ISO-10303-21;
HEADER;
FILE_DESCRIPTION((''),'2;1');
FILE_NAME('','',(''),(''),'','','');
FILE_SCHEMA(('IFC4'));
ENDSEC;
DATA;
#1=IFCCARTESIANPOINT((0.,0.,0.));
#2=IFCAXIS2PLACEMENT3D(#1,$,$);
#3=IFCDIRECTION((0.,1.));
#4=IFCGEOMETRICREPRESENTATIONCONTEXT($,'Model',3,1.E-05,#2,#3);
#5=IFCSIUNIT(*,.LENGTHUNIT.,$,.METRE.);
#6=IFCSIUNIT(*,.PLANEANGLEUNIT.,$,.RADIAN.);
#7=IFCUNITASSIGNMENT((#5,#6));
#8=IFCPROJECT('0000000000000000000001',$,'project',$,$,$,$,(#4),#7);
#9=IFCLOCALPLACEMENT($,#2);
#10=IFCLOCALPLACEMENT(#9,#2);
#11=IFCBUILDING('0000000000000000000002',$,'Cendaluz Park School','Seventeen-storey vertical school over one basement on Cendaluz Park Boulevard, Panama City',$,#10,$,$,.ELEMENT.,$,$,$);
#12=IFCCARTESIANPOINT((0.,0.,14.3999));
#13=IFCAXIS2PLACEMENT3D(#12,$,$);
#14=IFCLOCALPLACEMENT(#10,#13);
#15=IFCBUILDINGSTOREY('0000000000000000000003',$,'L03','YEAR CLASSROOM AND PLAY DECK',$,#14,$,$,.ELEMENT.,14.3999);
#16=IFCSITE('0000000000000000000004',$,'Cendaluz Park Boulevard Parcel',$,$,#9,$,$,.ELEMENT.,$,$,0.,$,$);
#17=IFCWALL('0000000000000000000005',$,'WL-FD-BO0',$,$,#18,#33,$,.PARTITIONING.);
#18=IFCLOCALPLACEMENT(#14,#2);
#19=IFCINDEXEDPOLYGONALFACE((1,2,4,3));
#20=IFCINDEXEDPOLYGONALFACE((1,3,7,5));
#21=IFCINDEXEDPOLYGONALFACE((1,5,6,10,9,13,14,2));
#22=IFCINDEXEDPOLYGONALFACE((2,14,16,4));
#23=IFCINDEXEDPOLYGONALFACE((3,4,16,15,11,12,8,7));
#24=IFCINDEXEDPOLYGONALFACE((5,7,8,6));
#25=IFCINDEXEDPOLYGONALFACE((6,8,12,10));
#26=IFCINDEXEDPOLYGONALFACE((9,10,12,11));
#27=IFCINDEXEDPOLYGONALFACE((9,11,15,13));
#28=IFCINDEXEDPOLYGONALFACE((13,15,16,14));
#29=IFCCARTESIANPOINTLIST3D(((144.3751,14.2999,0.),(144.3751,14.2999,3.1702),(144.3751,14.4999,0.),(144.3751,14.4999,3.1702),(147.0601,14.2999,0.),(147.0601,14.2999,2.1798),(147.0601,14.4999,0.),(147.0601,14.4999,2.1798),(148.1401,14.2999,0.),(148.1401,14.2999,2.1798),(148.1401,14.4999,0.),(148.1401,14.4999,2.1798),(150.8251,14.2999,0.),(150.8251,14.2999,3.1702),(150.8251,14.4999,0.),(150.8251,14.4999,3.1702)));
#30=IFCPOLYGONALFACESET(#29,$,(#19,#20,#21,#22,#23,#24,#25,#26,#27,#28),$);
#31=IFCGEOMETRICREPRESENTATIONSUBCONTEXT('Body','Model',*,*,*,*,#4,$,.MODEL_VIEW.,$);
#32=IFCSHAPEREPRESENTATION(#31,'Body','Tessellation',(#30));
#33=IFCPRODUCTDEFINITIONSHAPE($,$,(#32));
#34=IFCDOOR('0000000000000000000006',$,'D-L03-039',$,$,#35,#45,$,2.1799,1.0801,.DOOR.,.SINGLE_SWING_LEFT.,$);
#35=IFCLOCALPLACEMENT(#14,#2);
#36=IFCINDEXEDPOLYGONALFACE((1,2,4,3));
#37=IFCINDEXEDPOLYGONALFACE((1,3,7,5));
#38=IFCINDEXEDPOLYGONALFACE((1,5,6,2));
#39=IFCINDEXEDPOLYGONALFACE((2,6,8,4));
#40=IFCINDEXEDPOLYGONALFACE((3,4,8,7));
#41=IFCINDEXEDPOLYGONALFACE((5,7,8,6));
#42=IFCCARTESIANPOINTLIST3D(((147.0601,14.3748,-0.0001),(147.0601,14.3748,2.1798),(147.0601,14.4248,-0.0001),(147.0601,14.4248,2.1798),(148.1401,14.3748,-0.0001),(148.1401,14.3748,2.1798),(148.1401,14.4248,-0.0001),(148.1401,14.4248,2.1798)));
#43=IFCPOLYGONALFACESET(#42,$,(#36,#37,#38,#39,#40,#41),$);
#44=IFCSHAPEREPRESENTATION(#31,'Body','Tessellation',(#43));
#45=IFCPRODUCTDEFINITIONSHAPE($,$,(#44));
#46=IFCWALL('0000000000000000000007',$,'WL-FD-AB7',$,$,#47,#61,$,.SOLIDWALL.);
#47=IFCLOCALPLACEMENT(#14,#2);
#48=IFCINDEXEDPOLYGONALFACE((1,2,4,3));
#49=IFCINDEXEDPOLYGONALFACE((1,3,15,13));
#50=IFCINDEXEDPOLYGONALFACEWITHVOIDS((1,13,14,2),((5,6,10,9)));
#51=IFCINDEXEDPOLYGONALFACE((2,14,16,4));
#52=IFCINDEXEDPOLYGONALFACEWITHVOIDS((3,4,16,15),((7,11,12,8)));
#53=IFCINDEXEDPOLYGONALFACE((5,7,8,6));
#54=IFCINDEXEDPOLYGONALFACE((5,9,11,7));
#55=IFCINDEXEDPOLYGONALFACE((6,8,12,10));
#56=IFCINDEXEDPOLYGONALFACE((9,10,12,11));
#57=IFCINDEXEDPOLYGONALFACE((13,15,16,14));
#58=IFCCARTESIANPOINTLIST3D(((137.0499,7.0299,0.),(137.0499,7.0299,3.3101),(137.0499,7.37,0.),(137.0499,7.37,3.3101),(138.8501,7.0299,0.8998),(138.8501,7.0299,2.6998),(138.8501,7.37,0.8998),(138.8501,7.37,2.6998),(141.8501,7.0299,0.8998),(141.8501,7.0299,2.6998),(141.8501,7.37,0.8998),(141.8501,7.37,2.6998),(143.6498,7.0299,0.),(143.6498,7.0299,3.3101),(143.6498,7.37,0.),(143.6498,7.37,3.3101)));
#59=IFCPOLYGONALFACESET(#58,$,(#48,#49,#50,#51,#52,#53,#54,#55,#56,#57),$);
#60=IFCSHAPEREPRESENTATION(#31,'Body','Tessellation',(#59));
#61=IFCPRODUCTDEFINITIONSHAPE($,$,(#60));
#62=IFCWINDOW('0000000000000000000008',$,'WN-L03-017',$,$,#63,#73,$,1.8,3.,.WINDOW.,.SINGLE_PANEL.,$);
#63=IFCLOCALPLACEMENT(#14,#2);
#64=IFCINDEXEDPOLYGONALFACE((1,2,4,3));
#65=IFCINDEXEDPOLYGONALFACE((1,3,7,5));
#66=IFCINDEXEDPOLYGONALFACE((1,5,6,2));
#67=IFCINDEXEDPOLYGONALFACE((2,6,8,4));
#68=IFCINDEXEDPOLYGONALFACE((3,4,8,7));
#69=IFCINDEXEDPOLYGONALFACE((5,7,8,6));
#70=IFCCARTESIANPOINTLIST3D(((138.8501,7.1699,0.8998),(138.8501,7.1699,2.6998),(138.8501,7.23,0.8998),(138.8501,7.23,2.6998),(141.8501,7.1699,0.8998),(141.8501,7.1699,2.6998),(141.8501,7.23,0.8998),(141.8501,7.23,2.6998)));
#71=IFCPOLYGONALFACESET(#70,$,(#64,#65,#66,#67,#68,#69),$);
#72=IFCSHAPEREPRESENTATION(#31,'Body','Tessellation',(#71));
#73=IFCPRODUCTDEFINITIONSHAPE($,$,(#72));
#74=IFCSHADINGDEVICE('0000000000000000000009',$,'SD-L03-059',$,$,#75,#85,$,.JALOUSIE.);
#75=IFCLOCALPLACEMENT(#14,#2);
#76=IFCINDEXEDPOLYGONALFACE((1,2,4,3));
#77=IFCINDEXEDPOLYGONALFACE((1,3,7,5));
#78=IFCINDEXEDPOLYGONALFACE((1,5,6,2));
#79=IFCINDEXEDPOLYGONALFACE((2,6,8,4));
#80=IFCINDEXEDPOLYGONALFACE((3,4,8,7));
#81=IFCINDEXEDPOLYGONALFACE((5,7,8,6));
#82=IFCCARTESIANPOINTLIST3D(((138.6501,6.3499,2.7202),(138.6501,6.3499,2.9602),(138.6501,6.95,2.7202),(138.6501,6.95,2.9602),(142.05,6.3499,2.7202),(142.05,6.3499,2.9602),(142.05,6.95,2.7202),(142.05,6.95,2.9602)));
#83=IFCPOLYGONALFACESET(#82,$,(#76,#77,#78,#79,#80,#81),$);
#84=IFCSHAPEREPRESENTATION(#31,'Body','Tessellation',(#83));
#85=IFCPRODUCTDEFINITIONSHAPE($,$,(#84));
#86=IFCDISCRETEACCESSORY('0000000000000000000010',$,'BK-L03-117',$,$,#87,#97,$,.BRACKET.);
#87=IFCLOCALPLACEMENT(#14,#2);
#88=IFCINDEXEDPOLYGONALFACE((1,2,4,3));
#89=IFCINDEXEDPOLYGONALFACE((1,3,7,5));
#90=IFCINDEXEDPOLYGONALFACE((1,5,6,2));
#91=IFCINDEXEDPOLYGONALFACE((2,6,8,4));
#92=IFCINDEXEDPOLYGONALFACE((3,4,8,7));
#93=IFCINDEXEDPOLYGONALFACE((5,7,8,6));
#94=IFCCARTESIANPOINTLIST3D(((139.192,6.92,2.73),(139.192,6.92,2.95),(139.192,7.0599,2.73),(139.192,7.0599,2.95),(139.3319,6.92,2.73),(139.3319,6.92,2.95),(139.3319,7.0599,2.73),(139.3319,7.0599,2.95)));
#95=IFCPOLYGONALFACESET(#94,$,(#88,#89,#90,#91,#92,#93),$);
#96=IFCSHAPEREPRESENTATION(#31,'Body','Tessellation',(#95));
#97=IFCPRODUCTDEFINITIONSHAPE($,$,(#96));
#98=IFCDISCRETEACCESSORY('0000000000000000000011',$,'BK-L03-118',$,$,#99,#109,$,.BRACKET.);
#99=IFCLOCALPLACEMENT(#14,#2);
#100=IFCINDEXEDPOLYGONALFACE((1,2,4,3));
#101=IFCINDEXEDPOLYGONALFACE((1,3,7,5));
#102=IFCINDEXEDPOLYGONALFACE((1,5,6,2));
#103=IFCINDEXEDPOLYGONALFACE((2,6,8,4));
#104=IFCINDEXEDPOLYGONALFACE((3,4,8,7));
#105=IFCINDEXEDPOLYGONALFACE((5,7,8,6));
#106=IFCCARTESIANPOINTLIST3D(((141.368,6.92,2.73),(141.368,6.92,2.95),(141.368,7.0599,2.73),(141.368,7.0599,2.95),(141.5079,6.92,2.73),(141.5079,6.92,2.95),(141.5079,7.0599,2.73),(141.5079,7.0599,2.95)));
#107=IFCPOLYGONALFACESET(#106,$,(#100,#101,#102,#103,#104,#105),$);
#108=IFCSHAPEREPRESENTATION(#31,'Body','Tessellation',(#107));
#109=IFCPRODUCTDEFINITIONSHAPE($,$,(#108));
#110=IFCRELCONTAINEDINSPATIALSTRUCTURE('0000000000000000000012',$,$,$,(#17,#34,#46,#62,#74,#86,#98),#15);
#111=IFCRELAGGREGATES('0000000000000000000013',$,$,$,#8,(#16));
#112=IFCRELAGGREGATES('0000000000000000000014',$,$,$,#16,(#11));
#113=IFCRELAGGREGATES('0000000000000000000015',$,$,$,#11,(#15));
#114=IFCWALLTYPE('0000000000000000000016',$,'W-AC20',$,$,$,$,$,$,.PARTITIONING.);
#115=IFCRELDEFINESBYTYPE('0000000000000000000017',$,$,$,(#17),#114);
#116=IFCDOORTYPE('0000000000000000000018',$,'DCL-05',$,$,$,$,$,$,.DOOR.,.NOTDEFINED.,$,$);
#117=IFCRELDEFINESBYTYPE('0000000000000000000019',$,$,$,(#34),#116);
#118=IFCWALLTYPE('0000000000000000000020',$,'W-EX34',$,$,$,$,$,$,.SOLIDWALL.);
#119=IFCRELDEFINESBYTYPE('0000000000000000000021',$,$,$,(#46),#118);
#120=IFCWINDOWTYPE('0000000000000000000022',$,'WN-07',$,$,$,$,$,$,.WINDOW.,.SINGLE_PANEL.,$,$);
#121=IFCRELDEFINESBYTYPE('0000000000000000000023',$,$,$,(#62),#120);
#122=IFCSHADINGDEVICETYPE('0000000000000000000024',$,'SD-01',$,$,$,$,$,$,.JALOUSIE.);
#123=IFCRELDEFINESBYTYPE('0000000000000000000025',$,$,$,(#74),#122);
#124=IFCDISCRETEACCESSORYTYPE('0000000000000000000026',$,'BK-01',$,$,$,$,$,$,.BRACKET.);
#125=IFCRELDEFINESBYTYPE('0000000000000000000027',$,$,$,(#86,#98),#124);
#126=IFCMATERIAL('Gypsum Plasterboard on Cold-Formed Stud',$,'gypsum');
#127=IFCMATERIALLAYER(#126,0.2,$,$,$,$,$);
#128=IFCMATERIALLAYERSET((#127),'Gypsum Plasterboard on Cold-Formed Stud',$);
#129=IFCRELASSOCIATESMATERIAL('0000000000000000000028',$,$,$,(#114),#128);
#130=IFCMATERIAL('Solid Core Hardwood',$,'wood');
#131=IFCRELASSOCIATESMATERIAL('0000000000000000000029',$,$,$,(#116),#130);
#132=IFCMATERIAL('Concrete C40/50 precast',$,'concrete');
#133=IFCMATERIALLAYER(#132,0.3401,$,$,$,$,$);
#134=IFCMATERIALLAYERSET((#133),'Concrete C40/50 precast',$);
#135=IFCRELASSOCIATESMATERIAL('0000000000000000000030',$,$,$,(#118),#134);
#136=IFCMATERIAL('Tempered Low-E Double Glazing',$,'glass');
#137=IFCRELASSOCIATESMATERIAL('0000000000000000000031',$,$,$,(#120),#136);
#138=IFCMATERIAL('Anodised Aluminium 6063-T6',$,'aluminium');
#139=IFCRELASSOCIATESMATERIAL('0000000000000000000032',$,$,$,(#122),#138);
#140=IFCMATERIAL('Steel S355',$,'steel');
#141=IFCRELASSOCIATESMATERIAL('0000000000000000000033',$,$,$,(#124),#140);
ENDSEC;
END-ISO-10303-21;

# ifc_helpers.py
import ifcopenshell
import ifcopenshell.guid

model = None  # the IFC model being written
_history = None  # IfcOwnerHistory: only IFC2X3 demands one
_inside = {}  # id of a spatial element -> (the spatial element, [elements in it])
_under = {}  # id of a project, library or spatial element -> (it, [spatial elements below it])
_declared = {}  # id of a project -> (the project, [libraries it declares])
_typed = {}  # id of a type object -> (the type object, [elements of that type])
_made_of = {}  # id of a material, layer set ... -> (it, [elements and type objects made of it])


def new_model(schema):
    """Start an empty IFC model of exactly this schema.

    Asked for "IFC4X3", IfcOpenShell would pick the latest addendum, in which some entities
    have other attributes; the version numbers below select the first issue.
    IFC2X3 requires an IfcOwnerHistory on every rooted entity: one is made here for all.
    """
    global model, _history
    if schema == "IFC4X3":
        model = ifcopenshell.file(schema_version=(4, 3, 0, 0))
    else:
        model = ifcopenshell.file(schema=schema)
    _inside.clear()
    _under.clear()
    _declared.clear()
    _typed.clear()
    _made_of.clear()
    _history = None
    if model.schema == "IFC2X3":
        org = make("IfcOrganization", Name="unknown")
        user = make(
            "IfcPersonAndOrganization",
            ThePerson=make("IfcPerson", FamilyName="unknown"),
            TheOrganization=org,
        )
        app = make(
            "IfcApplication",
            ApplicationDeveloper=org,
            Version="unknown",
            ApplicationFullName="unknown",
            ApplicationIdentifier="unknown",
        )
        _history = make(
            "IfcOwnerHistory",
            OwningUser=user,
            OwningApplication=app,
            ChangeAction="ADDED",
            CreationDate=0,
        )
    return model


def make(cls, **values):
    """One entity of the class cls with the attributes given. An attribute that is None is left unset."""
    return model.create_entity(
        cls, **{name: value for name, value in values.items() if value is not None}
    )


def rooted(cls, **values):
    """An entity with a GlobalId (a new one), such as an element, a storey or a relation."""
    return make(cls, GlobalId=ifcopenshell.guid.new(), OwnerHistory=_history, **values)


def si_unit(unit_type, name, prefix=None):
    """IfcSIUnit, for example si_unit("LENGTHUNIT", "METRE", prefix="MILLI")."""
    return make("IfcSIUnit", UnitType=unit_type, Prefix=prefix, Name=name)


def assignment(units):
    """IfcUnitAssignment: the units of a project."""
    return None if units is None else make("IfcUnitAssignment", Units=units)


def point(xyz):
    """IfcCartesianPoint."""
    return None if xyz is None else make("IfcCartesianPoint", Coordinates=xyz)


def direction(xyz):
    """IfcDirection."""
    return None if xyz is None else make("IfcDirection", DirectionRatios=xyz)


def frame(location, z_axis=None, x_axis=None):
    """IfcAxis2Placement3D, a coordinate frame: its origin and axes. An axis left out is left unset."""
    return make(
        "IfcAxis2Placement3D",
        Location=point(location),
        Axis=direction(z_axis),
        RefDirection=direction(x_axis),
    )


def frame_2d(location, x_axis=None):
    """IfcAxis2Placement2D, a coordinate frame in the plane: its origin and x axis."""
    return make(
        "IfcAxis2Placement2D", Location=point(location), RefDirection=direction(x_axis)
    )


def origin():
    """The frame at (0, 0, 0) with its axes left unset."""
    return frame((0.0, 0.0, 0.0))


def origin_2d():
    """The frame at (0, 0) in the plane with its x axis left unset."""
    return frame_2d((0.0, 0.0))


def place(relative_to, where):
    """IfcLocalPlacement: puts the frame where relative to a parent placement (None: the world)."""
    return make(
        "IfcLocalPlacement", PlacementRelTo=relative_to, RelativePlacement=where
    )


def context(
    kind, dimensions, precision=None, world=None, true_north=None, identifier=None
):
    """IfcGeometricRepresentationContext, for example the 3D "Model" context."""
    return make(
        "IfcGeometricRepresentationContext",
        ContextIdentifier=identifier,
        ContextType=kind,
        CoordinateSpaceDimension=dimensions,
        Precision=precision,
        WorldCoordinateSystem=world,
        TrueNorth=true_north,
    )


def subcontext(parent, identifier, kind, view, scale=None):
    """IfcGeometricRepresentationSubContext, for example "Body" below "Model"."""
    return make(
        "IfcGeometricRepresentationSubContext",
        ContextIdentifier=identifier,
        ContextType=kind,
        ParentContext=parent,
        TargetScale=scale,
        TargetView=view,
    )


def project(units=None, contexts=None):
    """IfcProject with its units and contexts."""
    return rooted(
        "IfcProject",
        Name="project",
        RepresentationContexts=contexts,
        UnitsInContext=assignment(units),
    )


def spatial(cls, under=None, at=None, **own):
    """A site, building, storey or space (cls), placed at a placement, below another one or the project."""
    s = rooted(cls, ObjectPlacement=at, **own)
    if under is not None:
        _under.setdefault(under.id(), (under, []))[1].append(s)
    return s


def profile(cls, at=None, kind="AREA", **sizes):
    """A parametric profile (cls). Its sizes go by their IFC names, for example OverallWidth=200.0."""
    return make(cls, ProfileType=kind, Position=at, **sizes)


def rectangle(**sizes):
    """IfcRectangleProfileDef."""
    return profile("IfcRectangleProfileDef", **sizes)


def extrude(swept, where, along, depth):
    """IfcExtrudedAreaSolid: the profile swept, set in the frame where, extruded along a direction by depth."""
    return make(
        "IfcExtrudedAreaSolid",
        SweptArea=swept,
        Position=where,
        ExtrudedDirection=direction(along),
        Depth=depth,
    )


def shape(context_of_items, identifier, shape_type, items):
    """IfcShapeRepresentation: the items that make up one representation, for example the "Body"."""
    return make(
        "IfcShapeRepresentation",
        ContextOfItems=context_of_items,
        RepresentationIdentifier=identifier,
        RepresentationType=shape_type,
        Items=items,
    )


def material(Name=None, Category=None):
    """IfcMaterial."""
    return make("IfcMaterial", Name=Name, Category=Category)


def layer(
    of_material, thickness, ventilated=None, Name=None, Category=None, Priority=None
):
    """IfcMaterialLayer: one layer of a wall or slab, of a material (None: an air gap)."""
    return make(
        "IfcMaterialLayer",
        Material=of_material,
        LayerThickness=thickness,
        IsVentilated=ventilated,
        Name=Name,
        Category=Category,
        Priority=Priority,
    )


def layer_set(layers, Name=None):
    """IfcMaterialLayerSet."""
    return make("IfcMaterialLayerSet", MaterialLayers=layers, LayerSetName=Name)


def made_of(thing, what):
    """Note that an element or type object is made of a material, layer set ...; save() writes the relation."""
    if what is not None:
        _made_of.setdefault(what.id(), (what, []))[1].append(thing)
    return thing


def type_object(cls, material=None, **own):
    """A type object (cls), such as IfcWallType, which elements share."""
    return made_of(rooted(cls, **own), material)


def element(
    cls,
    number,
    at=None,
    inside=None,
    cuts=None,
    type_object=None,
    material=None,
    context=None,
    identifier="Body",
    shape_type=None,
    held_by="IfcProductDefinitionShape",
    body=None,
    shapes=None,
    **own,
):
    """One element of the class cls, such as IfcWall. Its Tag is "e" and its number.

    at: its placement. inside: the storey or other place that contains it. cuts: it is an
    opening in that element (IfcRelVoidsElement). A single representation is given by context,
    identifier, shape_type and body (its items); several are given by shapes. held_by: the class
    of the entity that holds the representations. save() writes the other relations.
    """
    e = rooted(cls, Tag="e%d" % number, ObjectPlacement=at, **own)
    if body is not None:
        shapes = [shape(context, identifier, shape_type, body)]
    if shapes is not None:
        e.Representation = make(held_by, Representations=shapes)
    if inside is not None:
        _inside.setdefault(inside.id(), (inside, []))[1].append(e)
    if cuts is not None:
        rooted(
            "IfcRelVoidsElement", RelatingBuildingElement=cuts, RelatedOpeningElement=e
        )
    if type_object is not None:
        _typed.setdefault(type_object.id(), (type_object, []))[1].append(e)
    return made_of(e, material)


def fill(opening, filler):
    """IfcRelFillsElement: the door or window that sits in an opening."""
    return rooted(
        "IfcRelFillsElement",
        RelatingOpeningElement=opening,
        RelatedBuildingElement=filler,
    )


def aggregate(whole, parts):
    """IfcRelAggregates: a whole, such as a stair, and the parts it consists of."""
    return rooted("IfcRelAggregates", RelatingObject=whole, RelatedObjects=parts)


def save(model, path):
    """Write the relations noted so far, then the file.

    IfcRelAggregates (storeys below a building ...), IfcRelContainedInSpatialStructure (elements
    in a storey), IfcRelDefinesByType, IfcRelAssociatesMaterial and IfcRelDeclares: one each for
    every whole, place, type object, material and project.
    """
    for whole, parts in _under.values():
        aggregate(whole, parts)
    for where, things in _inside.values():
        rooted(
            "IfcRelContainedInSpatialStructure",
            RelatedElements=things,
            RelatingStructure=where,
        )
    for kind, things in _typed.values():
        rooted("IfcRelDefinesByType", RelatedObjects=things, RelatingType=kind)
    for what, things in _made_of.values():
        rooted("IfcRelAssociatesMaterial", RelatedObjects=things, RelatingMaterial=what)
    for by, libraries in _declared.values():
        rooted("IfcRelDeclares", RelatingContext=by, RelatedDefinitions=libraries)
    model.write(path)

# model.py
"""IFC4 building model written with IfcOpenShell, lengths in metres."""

from ifc_helpers import new_model, si_unit, direction, frame, frame_2d, origin, origin_2d, place, context, subcontext, project, spatial, rectangle, extrude, material, layer, layer_set, type_object, element, fill, save


model = new_model("IFC4")

# Units and contexts
model_context = context("Model", 3, precision=1e-05, world=origin(), true_north=direction((0.0, 1.0)))
body_context = subcontext(model_context, "Body", "Model", "MODEL_VIEW")
ifc_project = project(units=[si_unit("LENGTHUNIT", "METRE"), si_unit("PLANEANGLEUNIT", "RADIAN")], contexts=[model_context])

# Site, building, storey
site_placement = place(None, origin())
site = spatial("IfcSite", under=ifc_project, at=site_placement, Name="Cendaluz Park Boulevard Parcel", CompositionType="ELEMENT", RefElevation=0.0)
building_placement = place(site_placement, origin())
building = spatial("IfcBuilding", under=site, at=building_placement, Name="Cendaluz Park School", Description="Seventeen-storey vertical school over one basement on Cendaluz Park Boulevard, Panama City", CompositionType="ELEMENT")
storey_placement = place(building_placement, frame((0.0, 0.0, 14.3999)))
storey = spatial("IfcBuildingStorey", under=building, at=storey_placement, Name="L03", Description="YEAR CLASSROOM AND PLAY DECK", CompositionType="ELEMENT", Elevation=14.3999)

# Shared definitions
ifc_material_1 = material(Name="Anodised Aluminium 6063-T6", Category="aluminium")

# Shared definitions
ifc_material_2 = material(Name="Tempered Low-E Double Glazing", Category="glass")

# Wall, opening, door
ifc_material_3 = material(Name="Gypsum Plasterboard on Cold-Formed Stud", Category="gypsum")
ifc_layer_1 = layer(ifc_material_3, 0.2)
ifc_layer_set_1 = layer_set([ifc_layer_1], Name="Gypsum Plasterboard on Cold-Formed Stud")
wall_type_1 = type_object("IfcWallType", Name="W-AC20", PredefinedType="PARTITIONING", material=ifc_layer_set_1)
ifc_material_4 = material(Name="Solid Core Hardwood", Category="wood")
wall_1_placement = place(storey_placement, frame((144.375, 14.3999, 0.0), z_axis=(0.0, 0.0, 1.0), x_axis=(1.0, 0.0, 0.0)))
wall_1 = element("IfcWall", 1, at=wall_1_placement, inside=storey, type_object=wall_type_1, Name="WL-FD-BO0", PredefinedType="PARTITIONING", context=body_context, shape_type="SweptSolid", body=[
    extrude(rectangle(XDim=6.45, YDim=0.2, at=frame_2d((3.2251, 0.0))), origin(), (0.0, 0.0, 1.0), 3.1702),
])
opening_1_placement = place(wall_1_placement, frame((2.6851, 0.0, 0.0)))
opening_1 = element("IfcOpeningElement", 2, at=opening_1_placement, cuts=wall_1, PredefinedType="OPENING", context=body_context, shape_type="SweptSolid", body=[
    extrude(rectangle(XDim=1.0801, YDim=2.1799, at=frame_2d((0.54, 1.0898))), frame((0.0, 0.1121, 0.0), z_axis=(0.0, -1.0, 0.0), x_axis=(1.0, 0.0, 0.0)), (0.0, 0.0, 1.0), 0.2239),
])
door_type_1 = type_object("IfcDoorType", Name="DCL-05", OperationType="NOTDEFINED", PredefinedType="DOOR", material=ifc_material_4)
door_1_placement = place(opening_1_placement, origin())
door_1 = element("IfcDoor", 3, at=door_1_placement, inside=storey, type_object=door_type_1, Name="D-L03-039", OperationType="SINGLE_SWING_LEFT", OverallHeight=2.1799, OverallWidth=1.0801, PredefinedType="DOOR", context=body_context, shape_type="SweptSolid", body=[
    extrude(rectangle(XDim=1.0801, YDim=2.1799, at=frame_2d((0.54, 1.0898))), frame((0.0, 0.0249, 0.0), z_axis=(0.0, -1.0, 0.0), x_axis=(1.0, 0.0, 0.0)), (0.0, 0.0, 1.0), 0.05),
])
fill(opening_1, door_1)

# Wall, opening, window
ifc_material_5 = material(Name="Concrete C40/50 precast", Category="concrete")
ifc_layer_2 = layer(ifc_material_5, 0.3401)
ifc_layer_set_2 = layer_set([ifc_layer_2], Name="Concrete C40/50 precast")
wall_type_2 = type_object("IfcWallType", Name="W-EX34", PredefinedType="SOLIDWALL", material=ifc_layer_set_2)
wall_2_placement = place(storey_placement, frame((137.05, 7.2, 0.0), z_axis=(0.0, 0.0, 1.0), x_axis=(1.0, 0.0, 0.0)))
wall_2 = element("IfcWall", 4, at=wall_2_placement, inside=storey, type_object=wall_type_2, Name="WL-FD-AB7", PredefinedType="SOLIDWALL", context=body_context, shape_type="SweptSolid", body=[
    extrude(rectangle(XDim=6.5999, YDim=0.3401, at=frame_2d((3.2998, 0.0))), origin(), (0.0, 0.0, 1.0), 3.3101),
])
opening_2_placement = place(wall_2_placement, frame((1.8, 0.0, 0.8999)))
opening_2 = element("IfcOpeningElement", 5, at=opening_2_placement, cuts=wall_2, PredefinedType="OPENING", context=body_context, shape_type="SweptSolid", body=[
    extrude(rectangle(XDim=3.0, YDim=1.8, at=frame_2d((1.5, 0.8999))), frame((0.0, 0.1821, 0.0), z_axis=(0.0, -1.0, 0.0), x_axis=(1.0, 0.0, 0.0)), (0.0, 0.0, 1.0), 0.364),
])
window_type = type_object("IfcWindowType", Name="WN-07", PartitioningType="SINGLE_PANEL", PredefinedType="WINDOW", material=ifc_material_2)
window_placement = place(opening_2_placement, origin())
window = element("IfcWindow", 6, at=window_placement, inside=storey, type_object=window_type, Name="WN-L03-017", OverallHeight=1.8, OverallWidth=3.0, PartitioningType="SINGLE_PANEL", PredefinedType="WINDOW", context=body_context, shape_type="SweptSolid", body=[
    extrude(rectangle(XDim=3.0, YDim=1.8, at=frame_2d((1.5, 0.8999))), frame((0.0, 0.03, 0.0), z_axis=(0.0, -1.0, 0.0), x_axis=(1.0, 0.0, 0.0)), (0.0, 0.0, 1.0), 0.0601),
])
fill(opening_2, window)

# Shading device
shading_device_type = type_object("IfcShadingDeviceType", Name="SD-01", PredefinedType="JALOUSIE", material=ifc_material_1)
shading_device_placement = place(storey_placement, frame((140.3501, 6.6499, 2.7202), z_axis=(0.0, 0.0, 1.0), x_axis=(1.0, 0.0, 0.0)))
element("IfcShadingDevice", 7, at=shading_device_placement, inside=storey, type_object=shading_device_type, Name="SD-L03-059", PredefinedType="JALOUSIE", context=body_context, shape_type="SweptSolid", body=[
    extrude(rectangle(XDim=3.3999, YDim=0.6001, at=origin_2d()), origin(), (0.0, 0.0, 1.0), 0.24),
])

# Discrete accessories
ifc_material_6 = material(Name="Steel S355", Category="steel")
discrete_accessory_type = type_object("IfcDiscreteAccessoryType", Name="BK-01", PredefinedType="BRACKET", material=ifc_material_6)
for number, where, z_axis, x_axis, name in (
    (8, (139.262, 6.99, 2.73), (0.0, 0.0, 1.0), (1.0, 0.0, 0.0), "BK-L03-117"),
    (9, (141.438, 6.99, 2.73), (0.0, 0.0, 1.0), (1.0, 0.0, 0.0), "BK-L03-118"),
):
    element("IfcDiscreteAccessory", number, at=place(storey_placement, frame(where, z_axis=z_axis, x_axis=x_axis)), inside=storey, type_object=discrete_accessory_type, Name=name, PredefinedType="BRACKET", context=body_context, shape_type="SweptSolid", body=[
        extrude(rectangle(XDim=0.1399, YDim=0.1399, at=origin_2d()), origin(), (0.0, 0.0, 1.0), 0.22),
    ])

save(model, "model.ifc")
